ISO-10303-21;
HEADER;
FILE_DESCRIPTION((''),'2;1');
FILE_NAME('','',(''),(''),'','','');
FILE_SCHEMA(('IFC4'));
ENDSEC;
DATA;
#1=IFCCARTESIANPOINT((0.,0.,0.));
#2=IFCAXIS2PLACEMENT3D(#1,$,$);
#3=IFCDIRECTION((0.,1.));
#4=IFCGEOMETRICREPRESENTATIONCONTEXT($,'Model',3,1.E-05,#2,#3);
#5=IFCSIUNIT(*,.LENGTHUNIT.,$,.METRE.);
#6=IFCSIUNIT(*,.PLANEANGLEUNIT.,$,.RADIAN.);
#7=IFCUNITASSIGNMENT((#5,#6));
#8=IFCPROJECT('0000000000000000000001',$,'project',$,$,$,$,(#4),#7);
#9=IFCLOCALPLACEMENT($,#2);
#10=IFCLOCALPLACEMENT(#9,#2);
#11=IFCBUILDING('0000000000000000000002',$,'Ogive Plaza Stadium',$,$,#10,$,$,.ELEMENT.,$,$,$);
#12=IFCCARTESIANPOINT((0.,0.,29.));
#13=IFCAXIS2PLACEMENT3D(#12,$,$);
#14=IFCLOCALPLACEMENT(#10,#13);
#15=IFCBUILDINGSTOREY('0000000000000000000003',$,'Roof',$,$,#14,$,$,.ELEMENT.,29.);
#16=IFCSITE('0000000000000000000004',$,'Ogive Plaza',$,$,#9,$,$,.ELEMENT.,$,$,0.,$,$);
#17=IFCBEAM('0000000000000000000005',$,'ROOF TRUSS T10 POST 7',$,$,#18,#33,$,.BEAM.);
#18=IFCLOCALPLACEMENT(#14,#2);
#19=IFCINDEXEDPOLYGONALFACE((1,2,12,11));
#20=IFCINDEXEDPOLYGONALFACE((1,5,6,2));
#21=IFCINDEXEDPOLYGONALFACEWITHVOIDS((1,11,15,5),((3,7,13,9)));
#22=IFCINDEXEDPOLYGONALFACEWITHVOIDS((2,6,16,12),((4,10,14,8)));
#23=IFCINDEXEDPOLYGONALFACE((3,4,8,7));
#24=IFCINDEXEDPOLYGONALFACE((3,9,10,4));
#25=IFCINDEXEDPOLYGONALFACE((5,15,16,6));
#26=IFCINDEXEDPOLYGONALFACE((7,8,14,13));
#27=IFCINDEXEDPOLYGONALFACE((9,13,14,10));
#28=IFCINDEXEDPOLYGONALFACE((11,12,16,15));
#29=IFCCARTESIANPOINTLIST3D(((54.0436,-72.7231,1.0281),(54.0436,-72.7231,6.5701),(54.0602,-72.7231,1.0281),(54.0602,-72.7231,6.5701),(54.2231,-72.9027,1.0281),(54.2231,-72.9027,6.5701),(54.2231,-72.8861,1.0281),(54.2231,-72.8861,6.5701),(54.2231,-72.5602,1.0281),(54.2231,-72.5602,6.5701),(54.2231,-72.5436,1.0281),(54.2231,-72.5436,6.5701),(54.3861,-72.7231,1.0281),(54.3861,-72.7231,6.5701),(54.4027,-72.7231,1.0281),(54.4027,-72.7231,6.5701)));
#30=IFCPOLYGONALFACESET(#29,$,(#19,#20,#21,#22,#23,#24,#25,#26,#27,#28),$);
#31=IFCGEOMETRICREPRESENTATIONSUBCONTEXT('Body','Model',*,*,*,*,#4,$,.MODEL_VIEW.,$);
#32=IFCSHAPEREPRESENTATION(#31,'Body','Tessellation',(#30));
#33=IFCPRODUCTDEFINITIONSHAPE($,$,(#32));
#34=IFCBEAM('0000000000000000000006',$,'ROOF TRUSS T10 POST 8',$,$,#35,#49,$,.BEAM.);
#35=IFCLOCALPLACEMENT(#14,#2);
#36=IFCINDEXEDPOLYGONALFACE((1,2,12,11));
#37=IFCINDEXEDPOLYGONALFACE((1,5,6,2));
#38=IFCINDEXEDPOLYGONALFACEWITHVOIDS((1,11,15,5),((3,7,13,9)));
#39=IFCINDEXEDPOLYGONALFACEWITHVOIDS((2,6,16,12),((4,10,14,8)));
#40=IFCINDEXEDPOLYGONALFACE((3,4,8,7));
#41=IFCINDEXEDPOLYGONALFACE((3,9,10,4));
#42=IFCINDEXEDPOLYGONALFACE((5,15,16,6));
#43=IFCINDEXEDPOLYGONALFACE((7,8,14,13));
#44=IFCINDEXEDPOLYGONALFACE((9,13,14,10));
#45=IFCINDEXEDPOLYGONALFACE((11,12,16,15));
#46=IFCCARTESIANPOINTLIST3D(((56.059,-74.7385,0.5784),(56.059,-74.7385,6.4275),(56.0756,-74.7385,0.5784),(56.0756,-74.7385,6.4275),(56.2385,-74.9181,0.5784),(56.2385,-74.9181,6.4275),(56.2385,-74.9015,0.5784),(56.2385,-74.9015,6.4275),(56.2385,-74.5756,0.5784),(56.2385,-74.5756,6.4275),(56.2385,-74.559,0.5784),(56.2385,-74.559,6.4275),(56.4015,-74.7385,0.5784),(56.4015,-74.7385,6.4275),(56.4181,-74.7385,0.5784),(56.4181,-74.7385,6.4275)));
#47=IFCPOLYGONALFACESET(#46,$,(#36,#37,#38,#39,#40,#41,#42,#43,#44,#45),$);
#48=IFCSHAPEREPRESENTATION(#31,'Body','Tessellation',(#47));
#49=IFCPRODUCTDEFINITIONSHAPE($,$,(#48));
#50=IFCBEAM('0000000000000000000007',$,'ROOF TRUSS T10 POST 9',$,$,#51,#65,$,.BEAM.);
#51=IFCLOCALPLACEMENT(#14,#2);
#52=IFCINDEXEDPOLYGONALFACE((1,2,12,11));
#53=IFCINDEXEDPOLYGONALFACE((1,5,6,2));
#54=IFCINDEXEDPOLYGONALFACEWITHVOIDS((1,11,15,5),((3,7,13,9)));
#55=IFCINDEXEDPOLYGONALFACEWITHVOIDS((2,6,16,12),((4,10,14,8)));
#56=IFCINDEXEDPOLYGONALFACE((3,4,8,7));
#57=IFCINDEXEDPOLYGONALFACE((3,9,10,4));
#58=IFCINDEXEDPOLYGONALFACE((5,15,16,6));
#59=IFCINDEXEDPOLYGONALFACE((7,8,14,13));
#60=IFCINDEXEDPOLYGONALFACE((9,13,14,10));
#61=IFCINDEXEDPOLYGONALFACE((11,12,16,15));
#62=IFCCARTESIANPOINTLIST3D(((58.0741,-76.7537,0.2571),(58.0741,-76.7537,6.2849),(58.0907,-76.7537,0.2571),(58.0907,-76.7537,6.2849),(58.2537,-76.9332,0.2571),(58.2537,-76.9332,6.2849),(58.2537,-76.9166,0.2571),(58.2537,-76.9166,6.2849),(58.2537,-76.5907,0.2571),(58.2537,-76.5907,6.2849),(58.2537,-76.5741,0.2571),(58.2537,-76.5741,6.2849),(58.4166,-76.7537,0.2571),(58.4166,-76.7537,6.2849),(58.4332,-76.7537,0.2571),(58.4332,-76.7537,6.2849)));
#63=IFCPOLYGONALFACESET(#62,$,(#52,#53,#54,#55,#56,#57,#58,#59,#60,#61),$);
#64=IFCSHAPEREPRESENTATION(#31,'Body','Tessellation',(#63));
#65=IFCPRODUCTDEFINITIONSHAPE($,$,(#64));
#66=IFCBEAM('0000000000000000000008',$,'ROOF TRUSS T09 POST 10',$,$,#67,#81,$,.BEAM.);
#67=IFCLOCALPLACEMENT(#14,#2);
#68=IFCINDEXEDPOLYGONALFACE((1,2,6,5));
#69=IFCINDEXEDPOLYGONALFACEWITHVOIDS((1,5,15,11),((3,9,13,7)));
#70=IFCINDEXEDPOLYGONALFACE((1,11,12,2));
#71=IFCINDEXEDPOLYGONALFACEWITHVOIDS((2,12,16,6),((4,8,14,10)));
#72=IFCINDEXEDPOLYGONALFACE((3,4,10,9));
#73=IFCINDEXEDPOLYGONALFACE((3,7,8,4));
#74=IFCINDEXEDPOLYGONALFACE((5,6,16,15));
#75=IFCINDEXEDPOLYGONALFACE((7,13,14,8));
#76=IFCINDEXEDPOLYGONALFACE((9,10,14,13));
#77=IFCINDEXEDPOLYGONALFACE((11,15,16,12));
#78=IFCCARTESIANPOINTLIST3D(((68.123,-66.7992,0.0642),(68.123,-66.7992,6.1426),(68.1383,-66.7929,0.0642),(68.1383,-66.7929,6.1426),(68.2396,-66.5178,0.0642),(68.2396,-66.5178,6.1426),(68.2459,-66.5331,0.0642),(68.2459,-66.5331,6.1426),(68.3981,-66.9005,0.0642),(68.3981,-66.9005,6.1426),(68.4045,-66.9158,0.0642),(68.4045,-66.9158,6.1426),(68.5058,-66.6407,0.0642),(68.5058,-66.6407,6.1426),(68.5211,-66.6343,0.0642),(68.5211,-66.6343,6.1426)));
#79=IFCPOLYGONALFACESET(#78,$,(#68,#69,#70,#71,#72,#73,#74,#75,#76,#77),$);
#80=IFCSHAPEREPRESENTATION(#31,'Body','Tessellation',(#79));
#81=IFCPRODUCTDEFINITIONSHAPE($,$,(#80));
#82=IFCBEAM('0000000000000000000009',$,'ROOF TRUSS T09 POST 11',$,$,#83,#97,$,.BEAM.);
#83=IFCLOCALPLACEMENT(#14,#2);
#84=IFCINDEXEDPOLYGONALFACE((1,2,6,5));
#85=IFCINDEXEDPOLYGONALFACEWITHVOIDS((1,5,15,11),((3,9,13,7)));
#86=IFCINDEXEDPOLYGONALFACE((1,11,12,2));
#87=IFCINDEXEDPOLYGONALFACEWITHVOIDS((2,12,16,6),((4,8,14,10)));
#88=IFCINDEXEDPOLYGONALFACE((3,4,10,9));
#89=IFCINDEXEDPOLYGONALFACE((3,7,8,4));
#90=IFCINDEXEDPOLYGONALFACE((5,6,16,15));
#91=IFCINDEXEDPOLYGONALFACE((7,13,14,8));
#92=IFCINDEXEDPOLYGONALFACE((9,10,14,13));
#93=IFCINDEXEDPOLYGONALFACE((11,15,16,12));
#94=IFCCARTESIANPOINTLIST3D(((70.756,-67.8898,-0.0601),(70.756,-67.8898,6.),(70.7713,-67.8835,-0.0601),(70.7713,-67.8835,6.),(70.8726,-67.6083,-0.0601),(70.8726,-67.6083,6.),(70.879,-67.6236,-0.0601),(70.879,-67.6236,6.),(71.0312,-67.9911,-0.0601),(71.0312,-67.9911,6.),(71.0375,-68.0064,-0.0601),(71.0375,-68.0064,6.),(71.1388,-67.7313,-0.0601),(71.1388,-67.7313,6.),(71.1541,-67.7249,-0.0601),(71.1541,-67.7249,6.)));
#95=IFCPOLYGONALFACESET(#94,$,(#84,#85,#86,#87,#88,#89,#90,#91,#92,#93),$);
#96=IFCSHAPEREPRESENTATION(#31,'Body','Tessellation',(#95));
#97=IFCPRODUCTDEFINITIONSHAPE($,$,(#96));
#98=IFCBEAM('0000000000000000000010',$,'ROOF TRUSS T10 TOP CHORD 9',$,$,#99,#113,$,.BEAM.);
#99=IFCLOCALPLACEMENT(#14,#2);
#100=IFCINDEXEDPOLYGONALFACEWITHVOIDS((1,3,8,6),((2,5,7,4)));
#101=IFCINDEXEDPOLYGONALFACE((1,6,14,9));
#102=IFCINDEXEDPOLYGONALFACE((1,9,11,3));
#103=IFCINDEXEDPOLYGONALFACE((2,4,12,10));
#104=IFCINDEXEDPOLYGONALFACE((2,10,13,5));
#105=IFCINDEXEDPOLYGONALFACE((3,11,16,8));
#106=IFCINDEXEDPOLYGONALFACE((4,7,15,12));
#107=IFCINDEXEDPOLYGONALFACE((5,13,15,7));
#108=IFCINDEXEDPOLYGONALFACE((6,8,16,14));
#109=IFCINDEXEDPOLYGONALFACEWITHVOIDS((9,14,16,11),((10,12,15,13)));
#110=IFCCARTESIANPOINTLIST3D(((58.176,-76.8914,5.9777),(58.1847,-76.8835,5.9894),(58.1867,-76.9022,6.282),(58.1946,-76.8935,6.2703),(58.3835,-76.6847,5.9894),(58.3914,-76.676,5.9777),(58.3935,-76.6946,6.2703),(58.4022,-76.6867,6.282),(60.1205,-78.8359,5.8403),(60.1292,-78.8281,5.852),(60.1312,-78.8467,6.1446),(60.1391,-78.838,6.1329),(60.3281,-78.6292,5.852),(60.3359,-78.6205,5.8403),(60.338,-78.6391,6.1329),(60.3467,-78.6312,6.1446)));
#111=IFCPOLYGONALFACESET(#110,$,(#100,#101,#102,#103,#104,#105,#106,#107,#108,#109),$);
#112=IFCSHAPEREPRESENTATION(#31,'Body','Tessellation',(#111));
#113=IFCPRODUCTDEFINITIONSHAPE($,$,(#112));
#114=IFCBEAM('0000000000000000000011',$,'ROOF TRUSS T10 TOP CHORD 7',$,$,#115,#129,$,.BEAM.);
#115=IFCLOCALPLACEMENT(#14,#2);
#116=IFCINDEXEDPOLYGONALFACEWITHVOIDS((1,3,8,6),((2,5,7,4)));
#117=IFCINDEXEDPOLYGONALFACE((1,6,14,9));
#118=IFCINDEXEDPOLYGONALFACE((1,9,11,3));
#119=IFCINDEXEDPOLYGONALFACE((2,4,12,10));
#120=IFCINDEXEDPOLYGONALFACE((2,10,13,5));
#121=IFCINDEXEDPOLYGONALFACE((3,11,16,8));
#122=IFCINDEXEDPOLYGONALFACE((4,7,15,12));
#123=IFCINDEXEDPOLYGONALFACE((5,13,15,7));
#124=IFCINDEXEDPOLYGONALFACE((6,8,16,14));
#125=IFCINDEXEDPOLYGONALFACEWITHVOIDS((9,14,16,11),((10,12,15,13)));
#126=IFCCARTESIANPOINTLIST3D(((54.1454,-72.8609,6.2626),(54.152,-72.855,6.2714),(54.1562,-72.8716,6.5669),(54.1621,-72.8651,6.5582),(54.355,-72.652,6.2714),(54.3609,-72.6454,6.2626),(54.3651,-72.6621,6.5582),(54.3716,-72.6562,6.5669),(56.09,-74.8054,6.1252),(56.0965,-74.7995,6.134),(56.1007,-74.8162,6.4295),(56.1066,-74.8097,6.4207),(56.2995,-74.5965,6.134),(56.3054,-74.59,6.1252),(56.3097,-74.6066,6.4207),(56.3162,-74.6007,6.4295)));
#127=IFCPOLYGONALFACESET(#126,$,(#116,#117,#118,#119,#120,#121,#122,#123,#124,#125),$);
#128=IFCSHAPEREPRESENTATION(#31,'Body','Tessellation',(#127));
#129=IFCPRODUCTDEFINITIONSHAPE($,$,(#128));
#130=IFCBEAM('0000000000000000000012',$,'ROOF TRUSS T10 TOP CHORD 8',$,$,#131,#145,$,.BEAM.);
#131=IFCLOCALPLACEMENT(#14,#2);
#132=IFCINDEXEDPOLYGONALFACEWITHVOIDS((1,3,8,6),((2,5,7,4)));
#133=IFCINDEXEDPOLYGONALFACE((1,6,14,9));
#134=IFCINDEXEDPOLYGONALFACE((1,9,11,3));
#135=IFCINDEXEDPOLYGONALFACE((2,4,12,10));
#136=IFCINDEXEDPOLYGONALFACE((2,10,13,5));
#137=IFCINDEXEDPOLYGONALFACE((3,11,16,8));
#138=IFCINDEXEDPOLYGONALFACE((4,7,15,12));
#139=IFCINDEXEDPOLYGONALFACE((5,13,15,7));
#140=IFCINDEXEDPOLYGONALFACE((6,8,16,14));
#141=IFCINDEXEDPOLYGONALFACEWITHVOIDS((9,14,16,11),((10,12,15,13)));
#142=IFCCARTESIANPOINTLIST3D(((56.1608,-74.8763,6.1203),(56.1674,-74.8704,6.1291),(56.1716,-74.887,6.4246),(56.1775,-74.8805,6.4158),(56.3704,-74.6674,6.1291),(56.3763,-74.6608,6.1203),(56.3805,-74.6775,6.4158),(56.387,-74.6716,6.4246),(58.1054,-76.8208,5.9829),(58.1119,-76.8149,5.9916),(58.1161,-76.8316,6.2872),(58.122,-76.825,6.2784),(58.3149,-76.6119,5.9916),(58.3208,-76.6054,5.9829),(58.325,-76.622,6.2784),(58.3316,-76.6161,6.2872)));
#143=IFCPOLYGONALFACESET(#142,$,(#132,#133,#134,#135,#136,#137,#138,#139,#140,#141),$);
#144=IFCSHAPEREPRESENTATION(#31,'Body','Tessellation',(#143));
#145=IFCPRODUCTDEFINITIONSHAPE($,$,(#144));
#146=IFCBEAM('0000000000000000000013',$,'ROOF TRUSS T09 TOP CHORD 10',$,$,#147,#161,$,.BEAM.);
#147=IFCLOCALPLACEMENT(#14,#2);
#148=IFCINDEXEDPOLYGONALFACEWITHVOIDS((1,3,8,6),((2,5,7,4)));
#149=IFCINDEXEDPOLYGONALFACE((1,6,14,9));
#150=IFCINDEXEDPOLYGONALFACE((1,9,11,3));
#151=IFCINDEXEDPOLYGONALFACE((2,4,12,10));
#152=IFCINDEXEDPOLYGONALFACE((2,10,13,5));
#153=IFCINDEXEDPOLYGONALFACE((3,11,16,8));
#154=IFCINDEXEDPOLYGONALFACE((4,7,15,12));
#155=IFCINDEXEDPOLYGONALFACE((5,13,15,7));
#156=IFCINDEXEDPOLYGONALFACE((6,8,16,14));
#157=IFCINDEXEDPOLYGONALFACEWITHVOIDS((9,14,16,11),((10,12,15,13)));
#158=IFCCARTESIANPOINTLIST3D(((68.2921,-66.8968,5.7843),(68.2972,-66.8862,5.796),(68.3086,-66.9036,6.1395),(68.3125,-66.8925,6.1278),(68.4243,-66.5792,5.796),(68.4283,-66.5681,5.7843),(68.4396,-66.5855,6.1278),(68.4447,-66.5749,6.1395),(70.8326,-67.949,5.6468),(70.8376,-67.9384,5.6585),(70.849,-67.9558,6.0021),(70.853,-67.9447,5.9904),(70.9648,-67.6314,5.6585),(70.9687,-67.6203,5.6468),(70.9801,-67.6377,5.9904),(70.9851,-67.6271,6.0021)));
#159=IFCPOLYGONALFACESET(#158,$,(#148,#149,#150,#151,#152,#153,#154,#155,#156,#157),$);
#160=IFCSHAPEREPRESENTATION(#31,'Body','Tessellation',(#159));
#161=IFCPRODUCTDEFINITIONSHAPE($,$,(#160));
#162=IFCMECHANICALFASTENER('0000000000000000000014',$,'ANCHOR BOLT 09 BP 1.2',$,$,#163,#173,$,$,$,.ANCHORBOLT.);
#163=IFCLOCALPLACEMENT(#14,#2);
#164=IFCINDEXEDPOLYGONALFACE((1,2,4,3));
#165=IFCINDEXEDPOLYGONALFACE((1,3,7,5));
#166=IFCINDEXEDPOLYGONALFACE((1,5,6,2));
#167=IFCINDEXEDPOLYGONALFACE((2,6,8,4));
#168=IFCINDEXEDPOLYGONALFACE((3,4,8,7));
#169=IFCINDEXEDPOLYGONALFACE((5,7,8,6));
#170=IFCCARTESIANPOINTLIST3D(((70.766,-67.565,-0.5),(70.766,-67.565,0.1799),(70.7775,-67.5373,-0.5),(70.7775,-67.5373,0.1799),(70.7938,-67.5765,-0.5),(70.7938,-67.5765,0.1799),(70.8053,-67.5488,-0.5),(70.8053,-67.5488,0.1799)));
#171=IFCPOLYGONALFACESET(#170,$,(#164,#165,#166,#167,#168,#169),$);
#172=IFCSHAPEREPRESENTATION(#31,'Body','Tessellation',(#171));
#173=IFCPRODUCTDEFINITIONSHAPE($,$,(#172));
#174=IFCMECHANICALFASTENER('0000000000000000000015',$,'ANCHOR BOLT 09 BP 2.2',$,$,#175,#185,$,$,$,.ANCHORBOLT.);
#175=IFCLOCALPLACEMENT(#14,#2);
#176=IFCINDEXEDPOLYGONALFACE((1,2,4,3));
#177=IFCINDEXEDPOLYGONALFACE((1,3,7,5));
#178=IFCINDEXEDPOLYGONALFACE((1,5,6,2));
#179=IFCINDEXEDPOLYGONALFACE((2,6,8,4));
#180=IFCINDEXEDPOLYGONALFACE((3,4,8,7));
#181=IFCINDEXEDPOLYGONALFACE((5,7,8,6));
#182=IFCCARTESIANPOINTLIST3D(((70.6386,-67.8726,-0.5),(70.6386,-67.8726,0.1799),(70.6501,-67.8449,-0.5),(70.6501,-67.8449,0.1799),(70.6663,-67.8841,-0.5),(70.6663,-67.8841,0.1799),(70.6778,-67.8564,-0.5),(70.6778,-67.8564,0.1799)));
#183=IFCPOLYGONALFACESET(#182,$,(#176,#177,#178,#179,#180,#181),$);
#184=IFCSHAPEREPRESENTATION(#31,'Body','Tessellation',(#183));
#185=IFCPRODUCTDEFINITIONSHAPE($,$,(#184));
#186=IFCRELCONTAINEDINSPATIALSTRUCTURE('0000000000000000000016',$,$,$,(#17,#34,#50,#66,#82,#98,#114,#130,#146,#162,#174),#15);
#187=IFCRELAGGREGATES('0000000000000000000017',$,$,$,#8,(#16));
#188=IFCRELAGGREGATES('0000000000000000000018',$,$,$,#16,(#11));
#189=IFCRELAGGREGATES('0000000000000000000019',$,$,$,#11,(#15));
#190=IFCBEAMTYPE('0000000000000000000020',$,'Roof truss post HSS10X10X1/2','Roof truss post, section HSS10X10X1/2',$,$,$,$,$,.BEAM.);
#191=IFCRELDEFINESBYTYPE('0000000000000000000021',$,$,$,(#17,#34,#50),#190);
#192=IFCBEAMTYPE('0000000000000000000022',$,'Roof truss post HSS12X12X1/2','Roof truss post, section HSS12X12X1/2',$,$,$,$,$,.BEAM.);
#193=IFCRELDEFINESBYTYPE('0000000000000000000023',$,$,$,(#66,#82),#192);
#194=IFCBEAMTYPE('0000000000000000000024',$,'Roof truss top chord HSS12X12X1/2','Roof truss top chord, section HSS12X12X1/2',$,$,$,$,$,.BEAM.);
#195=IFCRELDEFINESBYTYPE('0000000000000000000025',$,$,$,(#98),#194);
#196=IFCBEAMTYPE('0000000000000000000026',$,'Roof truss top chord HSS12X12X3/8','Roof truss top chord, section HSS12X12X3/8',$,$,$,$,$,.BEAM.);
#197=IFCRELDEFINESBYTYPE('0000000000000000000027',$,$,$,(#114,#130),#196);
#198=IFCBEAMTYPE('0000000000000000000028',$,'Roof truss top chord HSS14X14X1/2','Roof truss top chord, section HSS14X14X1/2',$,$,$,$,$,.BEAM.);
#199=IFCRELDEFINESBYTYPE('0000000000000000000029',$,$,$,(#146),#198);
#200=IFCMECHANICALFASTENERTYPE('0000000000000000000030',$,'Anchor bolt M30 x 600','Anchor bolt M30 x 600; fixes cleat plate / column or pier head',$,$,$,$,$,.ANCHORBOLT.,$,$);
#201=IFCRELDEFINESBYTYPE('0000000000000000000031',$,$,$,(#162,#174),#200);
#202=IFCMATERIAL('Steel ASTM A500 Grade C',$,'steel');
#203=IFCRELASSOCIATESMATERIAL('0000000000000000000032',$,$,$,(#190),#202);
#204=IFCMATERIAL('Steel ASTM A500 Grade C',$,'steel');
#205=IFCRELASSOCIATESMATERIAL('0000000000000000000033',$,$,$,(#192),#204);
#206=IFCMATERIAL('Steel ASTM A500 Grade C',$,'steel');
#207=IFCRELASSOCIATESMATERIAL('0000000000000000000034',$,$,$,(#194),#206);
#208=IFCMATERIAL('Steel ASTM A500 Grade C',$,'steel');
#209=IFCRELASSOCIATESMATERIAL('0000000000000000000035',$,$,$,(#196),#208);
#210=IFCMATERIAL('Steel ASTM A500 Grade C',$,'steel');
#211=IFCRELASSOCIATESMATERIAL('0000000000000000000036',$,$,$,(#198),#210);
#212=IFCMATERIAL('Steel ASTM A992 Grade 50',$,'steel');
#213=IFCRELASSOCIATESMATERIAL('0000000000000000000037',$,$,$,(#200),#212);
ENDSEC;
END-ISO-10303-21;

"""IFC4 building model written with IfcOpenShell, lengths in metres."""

from ifc_helpers import new_model, si_unit, direction, frame, origin, origin_2d, place, context, subcontext, project, spatial, rectangle, hollow_rectangle, extrude, material, material_profile, profile_set, type_object, element, save


model = new_model("IFC4")

# Units and contexts
model_context = context("Model", 3, precision=1e-05, world=origin(), true_north=direction((0.0, 1.0)))
body_context = subcontext(model_context, "Body", "Model", "MODEL_VIEW")
ifc_project = project(units=[si_unit("LENGTHUNIT", "METRE"), si_unit("PLANEANGLEUNIT", "RADIAN")], contexts=[model_context])

# Site, building, storey
site_placement = place(None, origin())
site = spatial("IfcSite", under=ifc_project, at=site_placement, Name="Ogive Plaza", CompositionType="ELEMENT", RefElevation=0.0)
building_placement = place(site_placement, origin())
building = spatial("IfcBuilding", under=site, at=building_placement, Name="Ogive Plaza Stadium", CompositionType="ELEMENT")
storey_placement = place(building_placement, frame((0.0, 0.0, 29.0)))
storey = spatial("IfcBuildingStorey", under=building, at=storey_placement, Name="Roof", CompositionType="ELEMENT", Elevation=29.0)

# Beams
ifc_material_1 = material(Name="Steel ASTM A500 Grade C", Category="steel")
ifc_material_profile_1 = material_profile(ifc_material_1, hollow_rectangle(XDim=0.2539, YDim=0.2539, WallThickness=0.0117, at=origin_2d()), Name="HSS10X10X1/2")
ifc_profile_set_1 = profile_set([ifc_material_profile_1], Name="Steel ASTM A500 Grade C")
beam_type_1 = type_object("IfcBeamType", Name="Roof truss post HSS10X10X1/2", Description="Roof truss post, section HSS10X10X1/2", PredefinedType="BEAM", material=ifc_profile_set_1)
beam_1_placement = place(storey_placement, frame((54.2231, -72.7231, 1.0281), z_axis=(0.0, 0.0, 1.0), x_axis=(0.707107, 0.707107, 0.0)))
element("IfcBeam", 1, at=beam_1_placement, inside=storey, type_object=beam_type_1, Name="ROOF TRUSS T10 POST 7", PredefinedType="BEAM", context=body_context, shape_type="SweptSolid", body=[
    extrude(hollow_rectangle(XDim=0.2539, YDim=0.2539, WallThickness=0.0117, at=origin_2d()), origin(), (0.0, 0.0, 1.0), 5.542),
])
beam_2_placement = place(storey_placement, frame((56.2385, -74.7385, 0.5784), z_axis=(0.0, 0.0, 1.0), x_axis=(0.707107, 0.707107, 0.0)))
element("IfcBeam", 2, at=beam_2_placement, inside=storey, type_object=beam_type_1, Name="ROOF TRUSS T10 POST 8", PredefinedType="BEAM", context=body_context, shape_type="SweptSolid", body=[
    extrude(hollow_rectangle(XDim=0.2539, YDim=0.2539, WallThickness=0.0117, at=origin_2d()), origin(), (0.0, 0.0, 1.0), 5.8491),
])
beam_3_placement = place(storey_placement, frame((58.2537, -76.7537, 0.2571), z_axis=(0.0, 0.0, 1.0), x_axis=(0.707107, 0.707107, 0.0)))
element("IfcBeam", 3, at=beam_3_placement, inside=storey, type_object=beam_type_1, Name="ROOF TRUSS T10 POST 9", PredefinedType="BEAM", context=body_context, shape_type="SweptSolid", body=[
    extrude(hollow_rectangle(XDim=0.2539, YDim=0.2539, WallThickness=0.0117, at=origin_2d()), origin(), (0.0, 0.0, 1.0), 6.0278),
])
ifc_material_2 = material(Name="Steel ASTM A500 Grade C", Category="steel")
ifc_material_profile_2 = material_profile(ifc_material_2, hollow_rectangle(XDim=0.3047, YDim=0.3047, WallThickness=0.0117, at=origin_2d()), Name="HSS12X12X1/2")
ifc_profile_set_2 = profile_set([ifc_material_profile_2], Name="Steel ASTM A500 Grade C")
beam_type_2 = type_object("IfcBeamType", Name="Roof truss post HSS12X12X1/2", Description="Roof truss post, section HSS12X12X1/2", PredefinedType="BEAM", material=ifc_profile_set_2)
beam_4_placement = place(storey_placement, frame((68.322, -66.7168, 0.0642), z_axis=(0.0, 0.0, 1.0), x_axis=(0.382683, 0.92388, 0.0)))
element("IfcBeam", 4, at=beam_4_placement, inside=storey, type_object=beam_type_2, Name="ROOF TRUSS T09 POST 10", PredefinedType="BEAM", context=body_context, shape_type="SweptSolid", body=[
    extrude(hollow_rectangle(XDim=0.3047, YDim=0.3047, WallThickness=0.0117, at=origin_2d()), origin(), (0.0, 0.0, 1.0), 6.0784),
])
beam_5_placement = place(storey_placement, frame((70.9551, -67.8074, -0.0601), z_axis=(0.0, 0.0, 1.0), x_axis=(0.382683, 0.92388, 0.0)))
element("IfcBeam", 5, at=beam_5_placement, inside=storey, type_object=beam_type_2, Name="ROOF TRUSS T09 POST 11", PredefinedType="BEAM", context=body_context, shape_type="SweptSolid", body=[
    extrude(hollow_rectangle(XDim=0.3047, YDim=0.3047, WallThickness=0.0117, at=origin_2d()), origin(), (0.0, 0.0, 1.0), 6.0601),
])
ifc_material_3 = material(Name="Steel ASTM A500 Grade C", Category="steel")
ifc_material_profile_3 = material_profile(ifc_material_3, hollow_rectangle(XDim=0.3047, YDim=0.3047, WallThickness=0.0117, at=origin_2d()), Name="HSS12X12X1/2")
ifc_profile_set_3 = profile_set([ifc_material_profile_3], Name="Steel ASTM A500 Grade C")
beam_type_3 = type_object("IfcBeamType", Name="Roof truss top chord HSS12X12X1/2", Description="Roof truss top chord, section HSS12X12X1/2", PredefinedType="BEAM", material=ifc_profile_set_3)
beam_6_placement = place(storey_placement, frame((58.2891, -76.7891, 6.1299), z_axis=(0.706225, -0.706225, -0.049919), x_axis=(0.707107, 0.707107, 0.0)))
element("IfcBeam", 6, at=beam_6_placement, inside=storey, type_object=beam_type_3, Name="ROOF TRUSS T10 TOP CHORD 9", PredefinedType="BEAM", context=body_context, shape_type="SweptSolid", body=[
    extrude(hollow_rectangle(XDim=0.3047, YDim=0.3047, WallThickness=0.0117, at=origin_2d()), origin(), (0.0, 0.0, 1.0), 2.7534),
])
ifc_material_4 = material(Name="Steel ASTM A500 Grade C", Category="steel")
ifc_material_profile_4 = material_profile(ifc_material_4, hollow_rectangle(XDim=0.3047, YDim=0.3047, WallThickness=0.0088, at=origin_2d()), Name="HSS12X12X3/8")
ifc_profile_set_4 = profile_set([ifc_material_profile_4], Name="Steel ASTM A500 Grade C")
beam_type_4 = type_object("IfcBeamType", Name="Roof truss top chord HSS12X12X3/8", Description="Roof truss top chord, section HSS12X12X3/8", PredefinedType="BEAM", material=ifc_profile_set_4)
for number, where, z_axis, x_axis, name in (
    (7, (54.2585, -72.7585, 6.4148), (0.706225, -0.706225, -0.049919), (0.707107, 0.707107, 0.0), "ROOF TRUSS T10 TOP CHORD 7"),
    (8, (56.2739, -74.7739, 6.2725), (0.706225, -0.706225, -0.049919), (0.707107, 0.707107, 0.0), "ROOF TRUSS T10 TOP CHORD 8"),
):
    element("IfcBeam", number, at=place(storey_placement, frame(where, z_axis=z_axis, x_axis=x_axis)), inside=storey, type_object=beam_type_4, Name=name, PredefinedType="BEAM", context=body_context, shape_type="SweptSolid", body=[
        extrude(hollow_rectangle(XDim=0.3047, YDim=0.3047, WallThickness=0.0088, at=origin_2d()), origin(), (0.0, 0.0, 1.0), 2.7534),
    ])
ifc_material_5 = material(Name="Steel ASTM A500 Grade C", Category="steel")
ifc_material_profile_5 = material_profile(ifc_material_5, hollow_rectangle(XDim=0.3557, YDim=0.3557, WallThickness=0.0117, at=origin_2d()), Name="HSS14X14X1/2")
ifc_profile_set_5 = profile_set([ifc_material_profile_5], Name="Steel ASTM A500 Grade C")
beam_type_5 = type_object("IfcBeamType", Name="Roof truss top chord HSS14X14X1/2", Description="Roof truss top chord, section HSS14X14X1/2", PredefinedType="BEAM", material=ifc_profile_set_5)
beam_7_placement = place(storey_placement, frame((68.3684, -66.7358, 5.9619), z_axis=(0.922737, -0.382183, -0.049923), x_axis=(0.38266, 0.923889, 0.0)))
element("IfcBeam", 9, at=beam_7_placement, inside=storey, type_object=beam_type_5, Name="ROOF TRUSS T09 TOP CHORD 10", PredefinedType="BEAM", context=body_context, shape_type="SweptSolid", body=[
    extrude(hollow_rectangle(XDim=0.3557, YDim=0.3557, WallThickness=0.0117, at=origin_2d()), origin(), (0.0, 0.0, 1.0), 2.7532),
])

# Mechanical fasteners
ifc_material_6 = material(Name="Steel ASTM A992 Grade 50", Category="steel")
mechanical_fastener_type = type_object("IfcMechanicalFastenerType", Name="Anchor bolt M30 x 600", Description="Anchor bolt M30 x 600; fixes cleat plate / column or pier head", PredefinedType="ANCHORBOLT", material=ifc_material_6)
for number, where, z_axis, x_axis, name in (
    (10, (70.7856, -67.5569, -0.5), (0.0, 0.0, 1.0), (0.92388, -0.382683, 0.0), "ANCHOR BOLT 09 BP 1.2"),
    (11, (70.6582, -67.8645, -0.5), (0.0, 0.0, 1.0), (0.92388, -0.382683, 0.0), "ANCHOR BOLT 09 BP 2.2"),
):
    element("IfcMechanicalFastener", number, at=place(storey_placement, frame(where, z_axis=z_axis, x_axis=x_axis)), inside=storey, type_object=mechanical_fastener_type, Name=name, PredefinedType="ANCHORBOLT", context=body_context, shape_type="SweptSolid", body=[
        extrude(rectangle(XDim=0.03, YDim=0.03, at=origin_2d()), origin(), (0.0, 0.0, 1.0), 0.6799),
    ])

save(model, "model.ifc")
